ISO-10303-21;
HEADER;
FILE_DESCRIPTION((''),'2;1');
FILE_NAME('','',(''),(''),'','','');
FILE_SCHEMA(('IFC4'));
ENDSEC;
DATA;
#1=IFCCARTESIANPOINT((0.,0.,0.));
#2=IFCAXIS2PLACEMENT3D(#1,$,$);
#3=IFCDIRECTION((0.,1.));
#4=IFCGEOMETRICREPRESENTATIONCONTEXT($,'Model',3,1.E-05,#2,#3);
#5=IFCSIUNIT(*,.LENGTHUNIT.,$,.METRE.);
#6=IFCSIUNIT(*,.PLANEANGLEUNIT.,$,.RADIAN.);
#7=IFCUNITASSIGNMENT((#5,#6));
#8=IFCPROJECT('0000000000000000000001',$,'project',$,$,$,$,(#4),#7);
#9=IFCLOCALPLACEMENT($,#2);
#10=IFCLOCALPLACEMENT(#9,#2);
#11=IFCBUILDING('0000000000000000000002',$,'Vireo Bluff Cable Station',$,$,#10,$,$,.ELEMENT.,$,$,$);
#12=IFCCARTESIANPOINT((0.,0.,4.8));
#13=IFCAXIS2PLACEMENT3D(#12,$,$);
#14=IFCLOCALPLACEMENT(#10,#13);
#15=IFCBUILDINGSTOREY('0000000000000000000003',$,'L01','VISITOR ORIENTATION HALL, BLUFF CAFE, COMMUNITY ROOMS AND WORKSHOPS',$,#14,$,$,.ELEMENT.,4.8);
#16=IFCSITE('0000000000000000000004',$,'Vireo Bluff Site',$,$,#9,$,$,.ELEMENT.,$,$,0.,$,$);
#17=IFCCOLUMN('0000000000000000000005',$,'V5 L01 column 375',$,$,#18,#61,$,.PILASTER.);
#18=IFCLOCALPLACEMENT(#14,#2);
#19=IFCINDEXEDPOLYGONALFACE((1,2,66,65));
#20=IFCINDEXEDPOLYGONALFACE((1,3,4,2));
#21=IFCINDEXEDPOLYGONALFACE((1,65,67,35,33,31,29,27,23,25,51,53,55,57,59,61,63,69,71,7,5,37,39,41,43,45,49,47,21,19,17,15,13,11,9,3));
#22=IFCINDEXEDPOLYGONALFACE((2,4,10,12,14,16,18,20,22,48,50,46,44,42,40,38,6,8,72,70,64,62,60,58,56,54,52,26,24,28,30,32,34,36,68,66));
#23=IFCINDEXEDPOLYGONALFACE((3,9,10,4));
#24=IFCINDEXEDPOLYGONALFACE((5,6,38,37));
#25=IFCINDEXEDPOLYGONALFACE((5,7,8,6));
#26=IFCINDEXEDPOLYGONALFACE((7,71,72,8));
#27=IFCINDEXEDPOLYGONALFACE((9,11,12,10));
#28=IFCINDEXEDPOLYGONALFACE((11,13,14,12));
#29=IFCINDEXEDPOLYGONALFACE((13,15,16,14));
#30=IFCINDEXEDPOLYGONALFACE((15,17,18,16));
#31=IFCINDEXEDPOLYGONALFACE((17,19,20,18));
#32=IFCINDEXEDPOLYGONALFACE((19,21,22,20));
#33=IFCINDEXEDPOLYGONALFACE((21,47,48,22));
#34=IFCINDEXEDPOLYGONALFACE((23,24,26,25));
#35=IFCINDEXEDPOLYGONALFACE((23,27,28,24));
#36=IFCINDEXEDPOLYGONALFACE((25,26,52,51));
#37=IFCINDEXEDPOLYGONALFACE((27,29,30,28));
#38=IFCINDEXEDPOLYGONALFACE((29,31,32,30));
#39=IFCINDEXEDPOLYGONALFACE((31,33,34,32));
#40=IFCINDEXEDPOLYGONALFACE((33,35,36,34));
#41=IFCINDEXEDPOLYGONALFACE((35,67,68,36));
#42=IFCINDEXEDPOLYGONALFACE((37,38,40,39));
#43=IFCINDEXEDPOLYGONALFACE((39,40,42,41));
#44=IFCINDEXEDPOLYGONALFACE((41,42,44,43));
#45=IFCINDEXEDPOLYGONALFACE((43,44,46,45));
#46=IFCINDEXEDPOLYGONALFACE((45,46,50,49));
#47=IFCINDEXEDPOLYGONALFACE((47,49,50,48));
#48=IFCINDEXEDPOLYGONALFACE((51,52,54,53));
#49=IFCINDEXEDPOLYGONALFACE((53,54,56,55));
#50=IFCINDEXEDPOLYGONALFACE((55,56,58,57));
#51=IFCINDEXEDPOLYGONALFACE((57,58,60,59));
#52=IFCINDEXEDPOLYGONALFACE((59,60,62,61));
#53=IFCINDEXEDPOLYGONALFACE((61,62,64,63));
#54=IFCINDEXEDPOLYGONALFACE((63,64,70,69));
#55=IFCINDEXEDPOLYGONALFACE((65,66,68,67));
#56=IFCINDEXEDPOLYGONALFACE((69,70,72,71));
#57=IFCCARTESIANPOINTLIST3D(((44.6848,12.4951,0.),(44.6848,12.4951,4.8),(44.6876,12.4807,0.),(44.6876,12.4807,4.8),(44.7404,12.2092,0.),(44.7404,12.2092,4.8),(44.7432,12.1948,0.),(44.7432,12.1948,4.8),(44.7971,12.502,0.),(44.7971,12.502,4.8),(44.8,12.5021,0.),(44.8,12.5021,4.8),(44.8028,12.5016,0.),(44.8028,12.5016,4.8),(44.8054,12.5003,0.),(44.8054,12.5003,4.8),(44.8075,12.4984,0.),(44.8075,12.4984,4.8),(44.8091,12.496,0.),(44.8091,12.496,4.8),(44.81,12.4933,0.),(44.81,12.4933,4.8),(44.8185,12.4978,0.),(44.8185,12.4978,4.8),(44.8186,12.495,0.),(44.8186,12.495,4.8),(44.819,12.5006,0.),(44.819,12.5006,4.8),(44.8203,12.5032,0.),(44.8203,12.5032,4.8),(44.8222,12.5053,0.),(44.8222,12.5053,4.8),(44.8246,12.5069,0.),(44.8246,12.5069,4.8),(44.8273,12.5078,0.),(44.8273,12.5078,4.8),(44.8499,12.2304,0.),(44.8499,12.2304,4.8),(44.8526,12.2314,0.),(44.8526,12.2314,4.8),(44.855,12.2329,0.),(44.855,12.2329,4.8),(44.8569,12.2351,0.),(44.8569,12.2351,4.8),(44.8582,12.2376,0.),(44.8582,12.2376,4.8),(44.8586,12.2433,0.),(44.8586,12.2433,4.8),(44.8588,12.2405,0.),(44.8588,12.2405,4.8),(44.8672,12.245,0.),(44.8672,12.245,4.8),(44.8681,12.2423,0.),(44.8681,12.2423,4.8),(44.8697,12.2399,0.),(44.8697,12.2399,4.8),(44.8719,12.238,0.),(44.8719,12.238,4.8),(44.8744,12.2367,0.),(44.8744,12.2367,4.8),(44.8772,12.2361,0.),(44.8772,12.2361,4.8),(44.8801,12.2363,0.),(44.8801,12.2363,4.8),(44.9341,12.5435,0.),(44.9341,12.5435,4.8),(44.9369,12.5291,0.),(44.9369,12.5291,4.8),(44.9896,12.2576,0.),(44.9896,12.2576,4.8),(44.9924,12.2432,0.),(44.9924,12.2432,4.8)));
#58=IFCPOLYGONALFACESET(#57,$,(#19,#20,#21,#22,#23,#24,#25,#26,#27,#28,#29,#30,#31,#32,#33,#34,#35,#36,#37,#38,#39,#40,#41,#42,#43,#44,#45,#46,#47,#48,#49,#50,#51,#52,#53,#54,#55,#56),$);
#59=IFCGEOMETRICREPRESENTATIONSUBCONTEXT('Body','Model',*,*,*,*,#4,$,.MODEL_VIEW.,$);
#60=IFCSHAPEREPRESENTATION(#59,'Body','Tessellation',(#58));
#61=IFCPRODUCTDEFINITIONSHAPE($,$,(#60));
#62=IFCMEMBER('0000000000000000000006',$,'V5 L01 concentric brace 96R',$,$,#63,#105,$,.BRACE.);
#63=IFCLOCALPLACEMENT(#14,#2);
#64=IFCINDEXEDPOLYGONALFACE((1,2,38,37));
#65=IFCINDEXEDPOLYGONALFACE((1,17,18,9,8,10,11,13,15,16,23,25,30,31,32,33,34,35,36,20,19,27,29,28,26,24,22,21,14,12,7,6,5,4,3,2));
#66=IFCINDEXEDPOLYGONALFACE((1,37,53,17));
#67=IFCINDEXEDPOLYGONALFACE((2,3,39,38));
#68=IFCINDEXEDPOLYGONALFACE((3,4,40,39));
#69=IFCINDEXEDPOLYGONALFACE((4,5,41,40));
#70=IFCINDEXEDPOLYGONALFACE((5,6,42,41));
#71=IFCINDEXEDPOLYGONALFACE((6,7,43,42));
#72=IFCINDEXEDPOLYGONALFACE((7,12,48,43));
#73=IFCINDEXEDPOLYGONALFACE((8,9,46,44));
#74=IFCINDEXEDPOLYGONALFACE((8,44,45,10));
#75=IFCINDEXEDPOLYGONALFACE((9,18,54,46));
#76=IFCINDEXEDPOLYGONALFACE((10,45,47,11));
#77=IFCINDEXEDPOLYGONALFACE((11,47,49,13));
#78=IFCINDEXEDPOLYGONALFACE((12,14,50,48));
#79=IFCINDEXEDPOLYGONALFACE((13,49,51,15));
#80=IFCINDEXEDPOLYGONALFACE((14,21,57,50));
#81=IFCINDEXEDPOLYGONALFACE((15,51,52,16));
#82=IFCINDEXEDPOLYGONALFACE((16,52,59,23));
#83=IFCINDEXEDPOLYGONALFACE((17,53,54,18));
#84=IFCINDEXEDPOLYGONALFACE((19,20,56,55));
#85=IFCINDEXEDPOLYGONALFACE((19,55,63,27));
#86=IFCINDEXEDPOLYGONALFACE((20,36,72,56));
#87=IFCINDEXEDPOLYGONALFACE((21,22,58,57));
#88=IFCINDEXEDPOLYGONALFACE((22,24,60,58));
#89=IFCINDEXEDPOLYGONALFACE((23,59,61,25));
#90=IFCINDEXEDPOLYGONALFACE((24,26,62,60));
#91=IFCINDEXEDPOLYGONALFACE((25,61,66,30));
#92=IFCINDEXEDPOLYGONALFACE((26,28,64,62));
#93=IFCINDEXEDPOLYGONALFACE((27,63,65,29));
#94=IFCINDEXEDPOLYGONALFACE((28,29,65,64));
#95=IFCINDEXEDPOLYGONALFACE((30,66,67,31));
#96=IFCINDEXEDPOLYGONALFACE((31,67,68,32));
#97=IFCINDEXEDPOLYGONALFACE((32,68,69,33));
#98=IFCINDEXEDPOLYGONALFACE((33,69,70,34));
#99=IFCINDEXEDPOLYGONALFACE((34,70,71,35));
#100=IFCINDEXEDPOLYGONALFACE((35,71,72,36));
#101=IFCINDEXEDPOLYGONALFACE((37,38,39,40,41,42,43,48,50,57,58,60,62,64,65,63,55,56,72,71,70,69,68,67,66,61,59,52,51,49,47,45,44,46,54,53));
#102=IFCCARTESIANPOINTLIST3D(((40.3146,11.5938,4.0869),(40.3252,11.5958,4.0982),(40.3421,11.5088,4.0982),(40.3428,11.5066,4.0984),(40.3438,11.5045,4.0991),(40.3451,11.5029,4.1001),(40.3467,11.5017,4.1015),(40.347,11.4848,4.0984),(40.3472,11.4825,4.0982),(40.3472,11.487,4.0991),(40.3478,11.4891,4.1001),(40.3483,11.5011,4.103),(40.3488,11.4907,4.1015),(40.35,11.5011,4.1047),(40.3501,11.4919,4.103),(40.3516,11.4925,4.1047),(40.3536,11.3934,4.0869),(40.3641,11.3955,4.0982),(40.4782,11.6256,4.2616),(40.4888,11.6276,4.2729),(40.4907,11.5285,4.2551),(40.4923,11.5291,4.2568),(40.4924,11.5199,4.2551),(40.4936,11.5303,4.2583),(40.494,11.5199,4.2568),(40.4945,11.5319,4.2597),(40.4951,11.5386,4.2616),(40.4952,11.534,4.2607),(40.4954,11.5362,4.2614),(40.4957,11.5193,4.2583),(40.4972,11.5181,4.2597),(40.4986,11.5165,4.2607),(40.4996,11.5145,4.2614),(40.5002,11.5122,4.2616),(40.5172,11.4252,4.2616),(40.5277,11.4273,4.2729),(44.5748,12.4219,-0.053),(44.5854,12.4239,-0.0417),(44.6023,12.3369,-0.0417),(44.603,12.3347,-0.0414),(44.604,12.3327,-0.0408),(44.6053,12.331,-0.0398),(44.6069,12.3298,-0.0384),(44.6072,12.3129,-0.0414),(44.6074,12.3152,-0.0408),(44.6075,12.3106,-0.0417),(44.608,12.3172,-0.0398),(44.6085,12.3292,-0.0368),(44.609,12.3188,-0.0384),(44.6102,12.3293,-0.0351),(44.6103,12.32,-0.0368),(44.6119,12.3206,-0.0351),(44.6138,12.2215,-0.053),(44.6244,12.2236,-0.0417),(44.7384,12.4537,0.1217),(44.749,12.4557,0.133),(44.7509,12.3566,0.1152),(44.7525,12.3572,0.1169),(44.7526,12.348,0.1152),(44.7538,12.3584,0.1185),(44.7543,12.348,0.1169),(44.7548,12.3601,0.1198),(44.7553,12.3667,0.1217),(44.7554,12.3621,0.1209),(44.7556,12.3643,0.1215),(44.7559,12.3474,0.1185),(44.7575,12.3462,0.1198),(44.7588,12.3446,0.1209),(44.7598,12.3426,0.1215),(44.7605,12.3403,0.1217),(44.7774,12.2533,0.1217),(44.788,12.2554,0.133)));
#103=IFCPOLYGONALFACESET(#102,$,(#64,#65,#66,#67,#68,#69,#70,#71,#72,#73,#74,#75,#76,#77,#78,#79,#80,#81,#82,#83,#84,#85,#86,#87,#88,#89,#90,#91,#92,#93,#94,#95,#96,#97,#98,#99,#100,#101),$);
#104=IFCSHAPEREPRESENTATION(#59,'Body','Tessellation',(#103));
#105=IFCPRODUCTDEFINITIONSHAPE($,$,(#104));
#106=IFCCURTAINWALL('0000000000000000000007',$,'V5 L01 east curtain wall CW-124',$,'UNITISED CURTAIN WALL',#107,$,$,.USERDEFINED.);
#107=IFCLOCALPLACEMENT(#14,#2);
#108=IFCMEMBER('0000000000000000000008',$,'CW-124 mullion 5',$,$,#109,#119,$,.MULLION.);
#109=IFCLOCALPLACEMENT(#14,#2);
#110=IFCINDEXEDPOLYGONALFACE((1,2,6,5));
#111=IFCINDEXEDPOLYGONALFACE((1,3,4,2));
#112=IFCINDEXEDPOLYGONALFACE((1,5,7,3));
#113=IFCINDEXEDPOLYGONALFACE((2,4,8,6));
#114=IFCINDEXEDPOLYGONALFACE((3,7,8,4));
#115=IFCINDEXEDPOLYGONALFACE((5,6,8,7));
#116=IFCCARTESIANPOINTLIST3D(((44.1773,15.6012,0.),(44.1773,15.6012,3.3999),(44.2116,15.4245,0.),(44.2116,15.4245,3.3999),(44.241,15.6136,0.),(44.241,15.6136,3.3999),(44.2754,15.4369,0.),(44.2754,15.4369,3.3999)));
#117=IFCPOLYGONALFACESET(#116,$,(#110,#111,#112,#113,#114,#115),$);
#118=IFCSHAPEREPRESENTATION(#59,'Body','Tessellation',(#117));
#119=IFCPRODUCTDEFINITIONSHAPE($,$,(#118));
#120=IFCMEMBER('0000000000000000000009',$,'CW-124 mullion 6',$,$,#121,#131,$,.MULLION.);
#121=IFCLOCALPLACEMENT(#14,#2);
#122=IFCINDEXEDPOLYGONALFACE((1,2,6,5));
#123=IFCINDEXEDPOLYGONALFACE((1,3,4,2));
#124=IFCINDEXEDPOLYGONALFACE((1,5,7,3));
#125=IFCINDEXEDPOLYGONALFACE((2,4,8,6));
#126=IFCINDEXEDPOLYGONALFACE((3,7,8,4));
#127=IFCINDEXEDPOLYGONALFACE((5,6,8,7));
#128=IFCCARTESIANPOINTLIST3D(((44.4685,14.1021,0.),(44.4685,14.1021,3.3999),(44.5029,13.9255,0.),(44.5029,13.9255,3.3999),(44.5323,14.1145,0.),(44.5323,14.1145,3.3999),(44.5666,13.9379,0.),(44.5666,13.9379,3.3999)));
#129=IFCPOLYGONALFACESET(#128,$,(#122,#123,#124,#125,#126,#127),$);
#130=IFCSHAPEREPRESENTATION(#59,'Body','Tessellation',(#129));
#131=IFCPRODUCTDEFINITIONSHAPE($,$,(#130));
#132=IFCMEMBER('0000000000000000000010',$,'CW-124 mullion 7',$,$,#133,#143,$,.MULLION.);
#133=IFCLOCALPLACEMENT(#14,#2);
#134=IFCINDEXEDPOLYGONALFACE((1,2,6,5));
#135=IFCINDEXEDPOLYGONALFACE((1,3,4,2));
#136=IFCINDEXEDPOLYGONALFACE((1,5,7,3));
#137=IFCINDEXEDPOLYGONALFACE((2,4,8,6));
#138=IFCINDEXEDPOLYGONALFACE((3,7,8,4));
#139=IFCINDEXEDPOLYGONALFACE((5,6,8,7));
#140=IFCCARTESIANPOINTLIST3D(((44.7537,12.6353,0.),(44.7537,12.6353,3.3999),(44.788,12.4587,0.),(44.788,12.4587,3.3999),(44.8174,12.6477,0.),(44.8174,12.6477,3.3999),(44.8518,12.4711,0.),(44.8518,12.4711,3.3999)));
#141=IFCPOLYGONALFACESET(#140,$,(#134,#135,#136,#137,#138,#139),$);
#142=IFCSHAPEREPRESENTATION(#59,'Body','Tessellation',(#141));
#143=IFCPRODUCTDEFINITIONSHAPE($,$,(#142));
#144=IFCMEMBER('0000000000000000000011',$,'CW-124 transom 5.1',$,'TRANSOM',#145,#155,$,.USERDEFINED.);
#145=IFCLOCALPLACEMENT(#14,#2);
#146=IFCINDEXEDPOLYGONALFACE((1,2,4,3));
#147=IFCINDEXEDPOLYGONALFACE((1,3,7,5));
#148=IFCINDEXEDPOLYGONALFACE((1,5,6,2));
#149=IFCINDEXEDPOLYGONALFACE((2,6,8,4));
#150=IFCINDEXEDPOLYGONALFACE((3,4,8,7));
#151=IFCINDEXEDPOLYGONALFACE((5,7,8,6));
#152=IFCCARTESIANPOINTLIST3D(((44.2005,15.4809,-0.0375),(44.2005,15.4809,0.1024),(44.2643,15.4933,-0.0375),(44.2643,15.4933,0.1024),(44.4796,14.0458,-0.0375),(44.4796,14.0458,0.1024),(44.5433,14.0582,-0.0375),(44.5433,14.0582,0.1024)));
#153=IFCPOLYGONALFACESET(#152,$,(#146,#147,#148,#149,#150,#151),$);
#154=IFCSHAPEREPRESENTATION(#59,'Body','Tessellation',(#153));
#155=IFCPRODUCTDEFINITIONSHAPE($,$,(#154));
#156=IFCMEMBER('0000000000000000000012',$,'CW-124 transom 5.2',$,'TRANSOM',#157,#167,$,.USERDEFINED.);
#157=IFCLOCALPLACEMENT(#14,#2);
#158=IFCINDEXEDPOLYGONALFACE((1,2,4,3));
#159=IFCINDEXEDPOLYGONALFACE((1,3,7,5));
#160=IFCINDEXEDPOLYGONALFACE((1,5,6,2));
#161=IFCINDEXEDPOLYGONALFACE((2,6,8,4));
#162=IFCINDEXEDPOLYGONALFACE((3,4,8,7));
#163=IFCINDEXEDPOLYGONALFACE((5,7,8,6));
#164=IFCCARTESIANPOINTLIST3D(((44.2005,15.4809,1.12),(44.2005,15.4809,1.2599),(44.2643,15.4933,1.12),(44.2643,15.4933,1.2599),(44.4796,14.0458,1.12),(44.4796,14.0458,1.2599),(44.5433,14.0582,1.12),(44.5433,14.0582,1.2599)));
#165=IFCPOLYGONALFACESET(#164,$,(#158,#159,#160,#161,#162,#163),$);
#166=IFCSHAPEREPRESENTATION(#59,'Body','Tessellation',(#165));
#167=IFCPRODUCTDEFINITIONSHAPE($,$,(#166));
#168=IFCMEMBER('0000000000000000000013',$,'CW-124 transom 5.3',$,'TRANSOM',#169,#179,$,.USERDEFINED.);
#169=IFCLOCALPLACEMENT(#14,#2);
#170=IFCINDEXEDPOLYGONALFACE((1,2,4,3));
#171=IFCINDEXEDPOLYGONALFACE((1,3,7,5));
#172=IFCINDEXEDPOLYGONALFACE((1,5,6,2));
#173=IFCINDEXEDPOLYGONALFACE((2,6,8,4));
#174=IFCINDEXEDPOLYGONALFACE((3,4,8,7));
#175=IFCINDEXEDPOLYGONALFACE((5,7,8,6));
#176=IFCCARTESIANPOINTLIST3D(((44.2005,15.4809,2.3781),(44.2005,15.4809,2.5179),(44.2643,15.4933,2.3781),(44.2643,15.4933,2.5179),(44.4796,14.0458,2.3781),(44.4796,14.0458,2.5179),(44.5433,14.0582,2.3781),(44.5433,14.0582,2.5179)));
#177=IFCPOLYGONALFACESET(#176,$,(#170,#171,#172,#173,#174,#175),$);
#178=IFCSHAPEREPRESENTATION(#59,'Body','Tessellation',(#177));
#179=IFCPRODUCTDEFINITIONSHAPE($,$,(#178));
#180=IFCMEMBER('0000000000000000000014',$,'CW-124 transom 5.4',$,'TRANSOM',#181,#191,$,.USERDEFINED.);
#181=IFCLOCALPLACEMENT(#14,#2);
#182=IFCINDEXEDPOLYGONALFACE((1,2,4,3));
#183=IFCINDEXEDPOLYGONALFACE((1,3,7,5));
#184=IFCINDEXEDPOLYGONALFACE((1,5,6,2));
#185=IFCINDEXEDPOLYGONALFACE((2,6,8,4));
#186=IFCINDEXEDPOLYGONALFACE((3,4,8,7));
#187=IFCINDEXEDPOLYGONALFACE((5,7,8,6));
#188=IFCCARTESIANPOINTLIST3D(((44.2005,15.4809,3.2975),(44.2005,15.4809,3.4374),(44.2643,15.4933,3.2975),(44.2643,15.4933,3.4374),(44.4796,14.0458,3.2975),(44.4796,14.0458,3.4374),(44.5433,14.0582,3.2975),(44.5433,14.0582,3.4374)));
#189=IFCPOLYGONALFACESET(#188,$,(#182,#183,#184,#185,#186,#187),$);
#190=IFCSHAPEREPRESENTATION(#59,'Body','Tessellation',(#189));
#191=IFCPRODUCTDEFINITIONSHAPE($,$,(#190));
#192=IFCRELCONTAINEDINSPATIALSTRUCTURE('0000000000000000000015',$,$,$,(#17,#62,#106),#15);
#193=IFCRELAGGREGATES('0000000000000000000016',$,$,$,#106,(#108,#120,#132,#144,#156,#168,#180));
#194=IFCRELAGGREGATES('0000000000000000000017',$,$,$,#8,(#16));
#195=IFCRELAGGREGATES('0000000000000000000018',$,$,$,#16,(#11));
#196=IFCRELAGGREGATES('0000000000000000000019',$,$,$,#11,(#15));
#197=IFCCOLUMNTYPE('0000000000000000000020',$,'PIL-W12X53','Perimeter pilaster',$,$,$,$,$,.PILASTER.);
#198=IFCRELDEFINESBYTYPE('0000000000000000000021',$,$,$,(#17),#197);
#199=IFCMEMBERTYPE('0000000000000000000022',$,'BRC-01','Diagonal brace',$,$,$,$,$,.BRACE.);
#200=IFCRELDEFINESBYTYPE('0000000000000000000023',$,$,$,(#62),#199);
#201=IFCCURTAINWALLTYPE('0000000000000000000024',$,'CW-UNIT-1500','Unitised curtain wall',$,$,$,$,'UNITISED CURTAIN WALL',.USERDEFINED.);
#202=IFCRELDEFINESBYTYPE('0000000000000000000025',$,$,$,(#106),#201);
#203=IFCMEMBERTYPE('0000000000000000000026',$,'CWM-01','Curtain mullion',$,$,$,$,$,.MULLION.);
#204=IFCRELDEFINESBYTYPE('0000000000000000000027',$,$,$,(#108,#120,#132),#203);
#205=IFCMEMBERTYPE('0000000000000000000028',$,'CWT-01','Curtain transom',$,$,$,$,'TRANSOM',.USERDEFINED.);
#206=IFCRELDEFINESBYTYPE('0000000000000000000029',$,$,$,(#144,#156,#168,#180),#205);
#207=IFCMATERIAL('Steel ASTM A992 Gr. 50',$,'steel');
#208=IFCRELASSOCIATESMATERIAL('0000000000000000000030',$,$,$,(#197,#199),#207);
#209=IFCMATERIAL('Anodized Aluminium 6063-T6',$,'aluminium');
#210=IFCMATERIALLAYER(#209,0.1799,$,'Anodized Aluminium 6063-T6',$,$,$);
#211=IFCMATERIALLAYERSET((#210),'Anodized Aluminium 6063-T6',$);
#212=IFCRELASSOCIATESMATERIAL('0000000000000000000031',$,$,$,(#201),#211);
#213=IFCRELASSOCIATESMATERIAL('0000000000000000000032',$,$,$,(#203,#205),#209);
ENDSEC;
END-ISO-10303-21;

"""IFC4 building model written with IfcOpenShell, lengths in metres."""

from ifc_helpers import new_model, si_unit, direction, frame, origin, origin_2d, place, context, subcontext, project, spatial, rectangle, i_section, extrude, material, layer, layer_set, material_profile, profile_set, type_object, element, aggregate, save


model = new_model("IFC4")

# Units and contexts
model_context = context("Model", 3, precision=1e-05, world=origin(), true_north=direction((0.0, 1.0)))
body_context = subcontext(model_context, "Body", "Model", "MODEL_VIEW")
ifc_project = project(units=[si_unit("LENGTHUNIT", "METRE"), si_unit("PLANEANGLEUNIT", "RADIAN")], contexts=[model_context])

# Site, building, storey
site_placement = place(None, origin())
site = spatial("IfcSite", under=ifc_project, at=site_placement, Name="Vireo Bluff Site", CompositionType="ELEMENT", RefElevation=0.0)
building_placement = place(site_placement, origin())
building = spatial("IfcBuilding", under=site, at=building_placement, Name="Vireo Bluff Cable Station", CompositionType="ELEMENT")
storey_placement = place(building_placement, frame((0.0, 0.0, 4.8)))
storey = spatial("IfcBuildingStorey", under=building, at=storey_placement, Name="L01", Description="VISITOR ORIENTATION HALL, BLUFF CAFE, COMMUNITY ROOMS AND WORKSHOPS", CompositionType="ELEMENT", Elevation=4.8)

# Column
ifc_material_1 = material(Name="Steel ASTM A992 Gr. 50", Category="steel")
ifc_material_profile_1 = material_profile(ifc_material_1, i_section(OverallWidth=0.2539, OverallDepth=0.3059, WebThickness=0.0088, FlangeThickness=0.0146, FilletRadius=0.011, at=origin_2d()), Name="W12X53")
ifc_profile_set_1 = profile_set([ifc_material_profile_1], Name="Steel ASTM A992 Gr. 50")
column_type = type_object("IfcColumnType", Name="PIL-W12X53", Description="Perimeter pilaster", PredefinedType="PILASTER", material=ifc_profile_set_1)
column_placement = place(storey_placement, frame((44.8386, 12.3691, 0.0), z_axis=(0.0, 0.0, 1.0), x_axis=(0.981627, 0.190809, 0.0)))
element("IfcColumn", 1, at=column_placement, inside=storey, type_object=column_type, Name="V5 L01 column 375", PredefinedType="PILASTER", context=body_context, shape_type="SweptSolid", body=[
    extrude(i_section(OverallWidth=0.2539, OverallDepth=0.3059, WebThickness=0.0088, FlangeThickness=0.0146, FilletRadius=0.011, at=origin_2d()), origin(), (0.0, 0.0, 1.0), 4.8),
])

# Member
ifc_material_profile_2 = material_profile(ifc_material_1, i_section(OverallWidth=0.2041, OverallDepth=0.2571, WebThickness=0.0088, FlangeThickness=0.0156, FilletRadius=0.009, at=origin_2d()), Name="W10X45")
ifc_profile_set_2 = profile_set([ifc_material_profile_2], Name="Steel ASTM A992 Gr. 50")
member_type_1 = type_object("IfcMemberType", Name="BRC-01", Description="Diagonal brace", PredefinedType="BRACE", material=ifc_profile_set_2)
member_1_placement = place(storey_placement, frame((44.6814, 12.3386, 0.04), z_axis=(-0.710296, -0.13807, 0.690229), x_axis=(0.190812, -0.981627, 0.0)))
element("IfcMember", 2, at=member_1_placement, inside=storey, type_object=member_type_1, Name="V5 L01 concentric brace 96R", PredefinedType="BRACE", context=body_context, shape_type="SweptSolid", body=[
    extrude(i_section(OverallWidth=0.2041, OverallDepth=0.2571, WebThickness=0.0088, FlangeThickness=0.0156, FilletRadius=0.009, at=origin_2d()), origin(), (0.0, 0.0, 1.0), 5.9978),
])

# Curtain wall, members
ifc_material_2 = material(Name="Anodized Aluminium 6063-T6", Category="aluminium")
ifc_layer_1 = layer(ifc_material_2, 0.1799, Name="Anodized Aluminium 6063-T6")
ifc_layer_set_1 = layer_set([ifc_layer_1], Name="Anodized Aluminium 6063-T6")
curtain_wall_type = type_object("IfcCurtainWallType", Name="CW-UNIT-1500", Description="Unitised curtain wall", ElementType="UNITISED CURTAIN WALL", PredefinedType="USERDEFINED", material=ifc_layer_set_1)
curtain_wall_placement = place(storey_placement, origin())
curtain_wall = element("IfcCurtainWall", 3, at=curtain_wall_placement, inside=storey, type_object=curtain_wall_type, Name="V5 L01 east curtain wall CW-124", ObjectType="UNITISED CURTAIN WALL", PredefinedType="USERDEFINED")
ifc_material_profile_3 = material_profile(ifc_material_2, rectangle(XDim=0.0649, YDim=0.1799, at=origin_2d()), Name="ALU-M-65X180")
ifc_profile_set_3 = profile_set([ifc_material_profile_3], Name="Anodized Aluminium 6063-T6")
member_type_2 = type_object("IfcMemberType", Name="CWM-01", Description="Curtain mullion", PredefinedType="MULLION", material=ifc_profile_set_3)
member_2_placement = place(storey_placement, frame((44.2263, 15.519, 0.0), z_axis=(0.0, 0.0, 1.0), x_axis=(0.981627, 0.190809, 0.0)))
member_2 = element("IfcMember", 4, at=member_2_placement, type_object=member_type_2, Name="CW-124 mullion 5", PredefinedType="MULLION", context=body_context, shape_type="SweptSolid", body=[
    extrude(rectangle(XDim=0.0649, YDim=0.1799, at=origin_2d()), origin(), (0.0, 0.0, 1.0), 3.3999),
])
member_3_placement = place(storey_placement, frame((44.5176, 14.02, 0.0), z_axis=(0.0, 0.0, 1.0), x_axis=(0.981627, 0.190809, 0.0)))
member_3 = element("IfcMember", 5, at=member_3_placement, type_object=member_type_2, Name="CW-124 mullion 6", PredefinedType="MULLION", context=body_context, shape_type="SweptSolid", body=[
    extrude(rectangle(XDim=0.0649, YDim=0.1799, at=origin_2d()), origin(), (0.0, 0.0, 1.0), 3.3999),
])
member_4_placement = place(storey_placement, frame((44.8027, 12.5532, 0.0), z_axis=(0.0, 0.0, 1.0), x_axis=(0.981627, 0.190809, 0.0)))
member_4 = element("IfcMember", 6, at=member_4_placement, type_object=member_type_2, Name="CW-124 mullion 7", PredefinedType="MULLION", context=body_context, shape_type="SweptSolid", body=[
    extrude(rectangle(XDim=0.0649, YDim=0.1799, at=origin_2d()), origin(), (0.0, 0.0, 1.0), 3.3999),
])
ifc_material_profile_4 = material_profile(ifc_material_2, rectangle(XDim=0.0649, YDim=0.1399, at=origin_2d()), Name="ALU-T-65X140")
ifc_profile_set_4 = profile_set([ifc_material_profile_4], Name="Anodized Aluminium 6063-T6")
member_type_3 = type_object("IfcMemberType", Name="CWT-01", Description="Curtain transom", ElementType="TRANSOM", PredefinedType="USERDEFINED", material=ifc_profile_set_4)
member_5_placement = place(storey_placement, frame((44.2324, 15.4871, 0.0325), z_axis=(0.190879, -0.981614, 0.0), x_axis=(0.981614, 0.190879, 0.0)))
member_5 = element("IfcMember", 7, at=member_5_placement, type_object=member_type_3, Name="CW-124 transom 5.1", ObjectType="TRANSOM", PredefinedType="USERDEFINED", context=body_context, shape_type="SweptSolid", body=[
    extrude(rectangle(XDim=0.0649, YDim=0.1399, at=origin_2d()), origin(), (0.0, 0.0, 1.0), 1.4619),
])
member_6_placement = place(storey_placement, frame((44.2324, 15.4871, 1.1899), z_axis=(0.190879, -0.981614, 0.0), x_axis=(0.981614, 0.190879, 0.0)))
member_6 = element("IfcMember", 8, at=member_6_placement, type_object=member_type_3, Name="CW-124 transom 5.2", ObjectType="TRANSOM", PredefinedType="USERDEFINED", context=body_context, shape_type="SweptSolid", body=[
    extrude(rectangle(XDim=0.0649, YDim=0.1399, at=origin_2d()), origin(), (0.0, 0.0, 1.0), 1.4619),
])
member_7_placement = place(storey_placement, frame((44.2324, 15.4871, 2.448), z_axis=(0.190879, -0.981614, 0.0), x_axis=(0.981614, 0.190879, 0.0)))
member_7 = element("IfcMember", 9, at=member_7_placement, type_object=member_type_3, Name="CW-124 transom 5.3", ObjectType="TRANSOM", PredefinedType="USERDEFINED", context=body_context, shape_type="SweptSolid", body=[
    extrude(rectangle(XDim=0.0649, YDim=0.1399, at=origin_2d()), origin(), (0.0, 0.0, 1.0), 1.4619),
])
member_8_placement = place(storey_placement, frame((44.2324, 15.4871, 3.3674), z_axis=(0.190879, -0.981614, 0.0), x_axis=(0.981614, 0.190879, 0.0)))
member_8 = element("IfcMember", 10, at=member_8_placement, type_object=member_type_3, Name="CW-124 transom 5.4", ObjectType="TRANSOM", PredefinedType="USERDEFINED", context=body_context, shape_type="SweptSolid", body=[
    extrude(rectangle(XDim=0.0649, YDim=0.1399, at=origin_2d()), origin(), (0.0, 0.0, 1.0), 1.4619),
])

aggregate(curtain_wall, [member_2, member_3, member_4, member_5, member_6, member_7, member_8])

save(model, "model.ifc")
